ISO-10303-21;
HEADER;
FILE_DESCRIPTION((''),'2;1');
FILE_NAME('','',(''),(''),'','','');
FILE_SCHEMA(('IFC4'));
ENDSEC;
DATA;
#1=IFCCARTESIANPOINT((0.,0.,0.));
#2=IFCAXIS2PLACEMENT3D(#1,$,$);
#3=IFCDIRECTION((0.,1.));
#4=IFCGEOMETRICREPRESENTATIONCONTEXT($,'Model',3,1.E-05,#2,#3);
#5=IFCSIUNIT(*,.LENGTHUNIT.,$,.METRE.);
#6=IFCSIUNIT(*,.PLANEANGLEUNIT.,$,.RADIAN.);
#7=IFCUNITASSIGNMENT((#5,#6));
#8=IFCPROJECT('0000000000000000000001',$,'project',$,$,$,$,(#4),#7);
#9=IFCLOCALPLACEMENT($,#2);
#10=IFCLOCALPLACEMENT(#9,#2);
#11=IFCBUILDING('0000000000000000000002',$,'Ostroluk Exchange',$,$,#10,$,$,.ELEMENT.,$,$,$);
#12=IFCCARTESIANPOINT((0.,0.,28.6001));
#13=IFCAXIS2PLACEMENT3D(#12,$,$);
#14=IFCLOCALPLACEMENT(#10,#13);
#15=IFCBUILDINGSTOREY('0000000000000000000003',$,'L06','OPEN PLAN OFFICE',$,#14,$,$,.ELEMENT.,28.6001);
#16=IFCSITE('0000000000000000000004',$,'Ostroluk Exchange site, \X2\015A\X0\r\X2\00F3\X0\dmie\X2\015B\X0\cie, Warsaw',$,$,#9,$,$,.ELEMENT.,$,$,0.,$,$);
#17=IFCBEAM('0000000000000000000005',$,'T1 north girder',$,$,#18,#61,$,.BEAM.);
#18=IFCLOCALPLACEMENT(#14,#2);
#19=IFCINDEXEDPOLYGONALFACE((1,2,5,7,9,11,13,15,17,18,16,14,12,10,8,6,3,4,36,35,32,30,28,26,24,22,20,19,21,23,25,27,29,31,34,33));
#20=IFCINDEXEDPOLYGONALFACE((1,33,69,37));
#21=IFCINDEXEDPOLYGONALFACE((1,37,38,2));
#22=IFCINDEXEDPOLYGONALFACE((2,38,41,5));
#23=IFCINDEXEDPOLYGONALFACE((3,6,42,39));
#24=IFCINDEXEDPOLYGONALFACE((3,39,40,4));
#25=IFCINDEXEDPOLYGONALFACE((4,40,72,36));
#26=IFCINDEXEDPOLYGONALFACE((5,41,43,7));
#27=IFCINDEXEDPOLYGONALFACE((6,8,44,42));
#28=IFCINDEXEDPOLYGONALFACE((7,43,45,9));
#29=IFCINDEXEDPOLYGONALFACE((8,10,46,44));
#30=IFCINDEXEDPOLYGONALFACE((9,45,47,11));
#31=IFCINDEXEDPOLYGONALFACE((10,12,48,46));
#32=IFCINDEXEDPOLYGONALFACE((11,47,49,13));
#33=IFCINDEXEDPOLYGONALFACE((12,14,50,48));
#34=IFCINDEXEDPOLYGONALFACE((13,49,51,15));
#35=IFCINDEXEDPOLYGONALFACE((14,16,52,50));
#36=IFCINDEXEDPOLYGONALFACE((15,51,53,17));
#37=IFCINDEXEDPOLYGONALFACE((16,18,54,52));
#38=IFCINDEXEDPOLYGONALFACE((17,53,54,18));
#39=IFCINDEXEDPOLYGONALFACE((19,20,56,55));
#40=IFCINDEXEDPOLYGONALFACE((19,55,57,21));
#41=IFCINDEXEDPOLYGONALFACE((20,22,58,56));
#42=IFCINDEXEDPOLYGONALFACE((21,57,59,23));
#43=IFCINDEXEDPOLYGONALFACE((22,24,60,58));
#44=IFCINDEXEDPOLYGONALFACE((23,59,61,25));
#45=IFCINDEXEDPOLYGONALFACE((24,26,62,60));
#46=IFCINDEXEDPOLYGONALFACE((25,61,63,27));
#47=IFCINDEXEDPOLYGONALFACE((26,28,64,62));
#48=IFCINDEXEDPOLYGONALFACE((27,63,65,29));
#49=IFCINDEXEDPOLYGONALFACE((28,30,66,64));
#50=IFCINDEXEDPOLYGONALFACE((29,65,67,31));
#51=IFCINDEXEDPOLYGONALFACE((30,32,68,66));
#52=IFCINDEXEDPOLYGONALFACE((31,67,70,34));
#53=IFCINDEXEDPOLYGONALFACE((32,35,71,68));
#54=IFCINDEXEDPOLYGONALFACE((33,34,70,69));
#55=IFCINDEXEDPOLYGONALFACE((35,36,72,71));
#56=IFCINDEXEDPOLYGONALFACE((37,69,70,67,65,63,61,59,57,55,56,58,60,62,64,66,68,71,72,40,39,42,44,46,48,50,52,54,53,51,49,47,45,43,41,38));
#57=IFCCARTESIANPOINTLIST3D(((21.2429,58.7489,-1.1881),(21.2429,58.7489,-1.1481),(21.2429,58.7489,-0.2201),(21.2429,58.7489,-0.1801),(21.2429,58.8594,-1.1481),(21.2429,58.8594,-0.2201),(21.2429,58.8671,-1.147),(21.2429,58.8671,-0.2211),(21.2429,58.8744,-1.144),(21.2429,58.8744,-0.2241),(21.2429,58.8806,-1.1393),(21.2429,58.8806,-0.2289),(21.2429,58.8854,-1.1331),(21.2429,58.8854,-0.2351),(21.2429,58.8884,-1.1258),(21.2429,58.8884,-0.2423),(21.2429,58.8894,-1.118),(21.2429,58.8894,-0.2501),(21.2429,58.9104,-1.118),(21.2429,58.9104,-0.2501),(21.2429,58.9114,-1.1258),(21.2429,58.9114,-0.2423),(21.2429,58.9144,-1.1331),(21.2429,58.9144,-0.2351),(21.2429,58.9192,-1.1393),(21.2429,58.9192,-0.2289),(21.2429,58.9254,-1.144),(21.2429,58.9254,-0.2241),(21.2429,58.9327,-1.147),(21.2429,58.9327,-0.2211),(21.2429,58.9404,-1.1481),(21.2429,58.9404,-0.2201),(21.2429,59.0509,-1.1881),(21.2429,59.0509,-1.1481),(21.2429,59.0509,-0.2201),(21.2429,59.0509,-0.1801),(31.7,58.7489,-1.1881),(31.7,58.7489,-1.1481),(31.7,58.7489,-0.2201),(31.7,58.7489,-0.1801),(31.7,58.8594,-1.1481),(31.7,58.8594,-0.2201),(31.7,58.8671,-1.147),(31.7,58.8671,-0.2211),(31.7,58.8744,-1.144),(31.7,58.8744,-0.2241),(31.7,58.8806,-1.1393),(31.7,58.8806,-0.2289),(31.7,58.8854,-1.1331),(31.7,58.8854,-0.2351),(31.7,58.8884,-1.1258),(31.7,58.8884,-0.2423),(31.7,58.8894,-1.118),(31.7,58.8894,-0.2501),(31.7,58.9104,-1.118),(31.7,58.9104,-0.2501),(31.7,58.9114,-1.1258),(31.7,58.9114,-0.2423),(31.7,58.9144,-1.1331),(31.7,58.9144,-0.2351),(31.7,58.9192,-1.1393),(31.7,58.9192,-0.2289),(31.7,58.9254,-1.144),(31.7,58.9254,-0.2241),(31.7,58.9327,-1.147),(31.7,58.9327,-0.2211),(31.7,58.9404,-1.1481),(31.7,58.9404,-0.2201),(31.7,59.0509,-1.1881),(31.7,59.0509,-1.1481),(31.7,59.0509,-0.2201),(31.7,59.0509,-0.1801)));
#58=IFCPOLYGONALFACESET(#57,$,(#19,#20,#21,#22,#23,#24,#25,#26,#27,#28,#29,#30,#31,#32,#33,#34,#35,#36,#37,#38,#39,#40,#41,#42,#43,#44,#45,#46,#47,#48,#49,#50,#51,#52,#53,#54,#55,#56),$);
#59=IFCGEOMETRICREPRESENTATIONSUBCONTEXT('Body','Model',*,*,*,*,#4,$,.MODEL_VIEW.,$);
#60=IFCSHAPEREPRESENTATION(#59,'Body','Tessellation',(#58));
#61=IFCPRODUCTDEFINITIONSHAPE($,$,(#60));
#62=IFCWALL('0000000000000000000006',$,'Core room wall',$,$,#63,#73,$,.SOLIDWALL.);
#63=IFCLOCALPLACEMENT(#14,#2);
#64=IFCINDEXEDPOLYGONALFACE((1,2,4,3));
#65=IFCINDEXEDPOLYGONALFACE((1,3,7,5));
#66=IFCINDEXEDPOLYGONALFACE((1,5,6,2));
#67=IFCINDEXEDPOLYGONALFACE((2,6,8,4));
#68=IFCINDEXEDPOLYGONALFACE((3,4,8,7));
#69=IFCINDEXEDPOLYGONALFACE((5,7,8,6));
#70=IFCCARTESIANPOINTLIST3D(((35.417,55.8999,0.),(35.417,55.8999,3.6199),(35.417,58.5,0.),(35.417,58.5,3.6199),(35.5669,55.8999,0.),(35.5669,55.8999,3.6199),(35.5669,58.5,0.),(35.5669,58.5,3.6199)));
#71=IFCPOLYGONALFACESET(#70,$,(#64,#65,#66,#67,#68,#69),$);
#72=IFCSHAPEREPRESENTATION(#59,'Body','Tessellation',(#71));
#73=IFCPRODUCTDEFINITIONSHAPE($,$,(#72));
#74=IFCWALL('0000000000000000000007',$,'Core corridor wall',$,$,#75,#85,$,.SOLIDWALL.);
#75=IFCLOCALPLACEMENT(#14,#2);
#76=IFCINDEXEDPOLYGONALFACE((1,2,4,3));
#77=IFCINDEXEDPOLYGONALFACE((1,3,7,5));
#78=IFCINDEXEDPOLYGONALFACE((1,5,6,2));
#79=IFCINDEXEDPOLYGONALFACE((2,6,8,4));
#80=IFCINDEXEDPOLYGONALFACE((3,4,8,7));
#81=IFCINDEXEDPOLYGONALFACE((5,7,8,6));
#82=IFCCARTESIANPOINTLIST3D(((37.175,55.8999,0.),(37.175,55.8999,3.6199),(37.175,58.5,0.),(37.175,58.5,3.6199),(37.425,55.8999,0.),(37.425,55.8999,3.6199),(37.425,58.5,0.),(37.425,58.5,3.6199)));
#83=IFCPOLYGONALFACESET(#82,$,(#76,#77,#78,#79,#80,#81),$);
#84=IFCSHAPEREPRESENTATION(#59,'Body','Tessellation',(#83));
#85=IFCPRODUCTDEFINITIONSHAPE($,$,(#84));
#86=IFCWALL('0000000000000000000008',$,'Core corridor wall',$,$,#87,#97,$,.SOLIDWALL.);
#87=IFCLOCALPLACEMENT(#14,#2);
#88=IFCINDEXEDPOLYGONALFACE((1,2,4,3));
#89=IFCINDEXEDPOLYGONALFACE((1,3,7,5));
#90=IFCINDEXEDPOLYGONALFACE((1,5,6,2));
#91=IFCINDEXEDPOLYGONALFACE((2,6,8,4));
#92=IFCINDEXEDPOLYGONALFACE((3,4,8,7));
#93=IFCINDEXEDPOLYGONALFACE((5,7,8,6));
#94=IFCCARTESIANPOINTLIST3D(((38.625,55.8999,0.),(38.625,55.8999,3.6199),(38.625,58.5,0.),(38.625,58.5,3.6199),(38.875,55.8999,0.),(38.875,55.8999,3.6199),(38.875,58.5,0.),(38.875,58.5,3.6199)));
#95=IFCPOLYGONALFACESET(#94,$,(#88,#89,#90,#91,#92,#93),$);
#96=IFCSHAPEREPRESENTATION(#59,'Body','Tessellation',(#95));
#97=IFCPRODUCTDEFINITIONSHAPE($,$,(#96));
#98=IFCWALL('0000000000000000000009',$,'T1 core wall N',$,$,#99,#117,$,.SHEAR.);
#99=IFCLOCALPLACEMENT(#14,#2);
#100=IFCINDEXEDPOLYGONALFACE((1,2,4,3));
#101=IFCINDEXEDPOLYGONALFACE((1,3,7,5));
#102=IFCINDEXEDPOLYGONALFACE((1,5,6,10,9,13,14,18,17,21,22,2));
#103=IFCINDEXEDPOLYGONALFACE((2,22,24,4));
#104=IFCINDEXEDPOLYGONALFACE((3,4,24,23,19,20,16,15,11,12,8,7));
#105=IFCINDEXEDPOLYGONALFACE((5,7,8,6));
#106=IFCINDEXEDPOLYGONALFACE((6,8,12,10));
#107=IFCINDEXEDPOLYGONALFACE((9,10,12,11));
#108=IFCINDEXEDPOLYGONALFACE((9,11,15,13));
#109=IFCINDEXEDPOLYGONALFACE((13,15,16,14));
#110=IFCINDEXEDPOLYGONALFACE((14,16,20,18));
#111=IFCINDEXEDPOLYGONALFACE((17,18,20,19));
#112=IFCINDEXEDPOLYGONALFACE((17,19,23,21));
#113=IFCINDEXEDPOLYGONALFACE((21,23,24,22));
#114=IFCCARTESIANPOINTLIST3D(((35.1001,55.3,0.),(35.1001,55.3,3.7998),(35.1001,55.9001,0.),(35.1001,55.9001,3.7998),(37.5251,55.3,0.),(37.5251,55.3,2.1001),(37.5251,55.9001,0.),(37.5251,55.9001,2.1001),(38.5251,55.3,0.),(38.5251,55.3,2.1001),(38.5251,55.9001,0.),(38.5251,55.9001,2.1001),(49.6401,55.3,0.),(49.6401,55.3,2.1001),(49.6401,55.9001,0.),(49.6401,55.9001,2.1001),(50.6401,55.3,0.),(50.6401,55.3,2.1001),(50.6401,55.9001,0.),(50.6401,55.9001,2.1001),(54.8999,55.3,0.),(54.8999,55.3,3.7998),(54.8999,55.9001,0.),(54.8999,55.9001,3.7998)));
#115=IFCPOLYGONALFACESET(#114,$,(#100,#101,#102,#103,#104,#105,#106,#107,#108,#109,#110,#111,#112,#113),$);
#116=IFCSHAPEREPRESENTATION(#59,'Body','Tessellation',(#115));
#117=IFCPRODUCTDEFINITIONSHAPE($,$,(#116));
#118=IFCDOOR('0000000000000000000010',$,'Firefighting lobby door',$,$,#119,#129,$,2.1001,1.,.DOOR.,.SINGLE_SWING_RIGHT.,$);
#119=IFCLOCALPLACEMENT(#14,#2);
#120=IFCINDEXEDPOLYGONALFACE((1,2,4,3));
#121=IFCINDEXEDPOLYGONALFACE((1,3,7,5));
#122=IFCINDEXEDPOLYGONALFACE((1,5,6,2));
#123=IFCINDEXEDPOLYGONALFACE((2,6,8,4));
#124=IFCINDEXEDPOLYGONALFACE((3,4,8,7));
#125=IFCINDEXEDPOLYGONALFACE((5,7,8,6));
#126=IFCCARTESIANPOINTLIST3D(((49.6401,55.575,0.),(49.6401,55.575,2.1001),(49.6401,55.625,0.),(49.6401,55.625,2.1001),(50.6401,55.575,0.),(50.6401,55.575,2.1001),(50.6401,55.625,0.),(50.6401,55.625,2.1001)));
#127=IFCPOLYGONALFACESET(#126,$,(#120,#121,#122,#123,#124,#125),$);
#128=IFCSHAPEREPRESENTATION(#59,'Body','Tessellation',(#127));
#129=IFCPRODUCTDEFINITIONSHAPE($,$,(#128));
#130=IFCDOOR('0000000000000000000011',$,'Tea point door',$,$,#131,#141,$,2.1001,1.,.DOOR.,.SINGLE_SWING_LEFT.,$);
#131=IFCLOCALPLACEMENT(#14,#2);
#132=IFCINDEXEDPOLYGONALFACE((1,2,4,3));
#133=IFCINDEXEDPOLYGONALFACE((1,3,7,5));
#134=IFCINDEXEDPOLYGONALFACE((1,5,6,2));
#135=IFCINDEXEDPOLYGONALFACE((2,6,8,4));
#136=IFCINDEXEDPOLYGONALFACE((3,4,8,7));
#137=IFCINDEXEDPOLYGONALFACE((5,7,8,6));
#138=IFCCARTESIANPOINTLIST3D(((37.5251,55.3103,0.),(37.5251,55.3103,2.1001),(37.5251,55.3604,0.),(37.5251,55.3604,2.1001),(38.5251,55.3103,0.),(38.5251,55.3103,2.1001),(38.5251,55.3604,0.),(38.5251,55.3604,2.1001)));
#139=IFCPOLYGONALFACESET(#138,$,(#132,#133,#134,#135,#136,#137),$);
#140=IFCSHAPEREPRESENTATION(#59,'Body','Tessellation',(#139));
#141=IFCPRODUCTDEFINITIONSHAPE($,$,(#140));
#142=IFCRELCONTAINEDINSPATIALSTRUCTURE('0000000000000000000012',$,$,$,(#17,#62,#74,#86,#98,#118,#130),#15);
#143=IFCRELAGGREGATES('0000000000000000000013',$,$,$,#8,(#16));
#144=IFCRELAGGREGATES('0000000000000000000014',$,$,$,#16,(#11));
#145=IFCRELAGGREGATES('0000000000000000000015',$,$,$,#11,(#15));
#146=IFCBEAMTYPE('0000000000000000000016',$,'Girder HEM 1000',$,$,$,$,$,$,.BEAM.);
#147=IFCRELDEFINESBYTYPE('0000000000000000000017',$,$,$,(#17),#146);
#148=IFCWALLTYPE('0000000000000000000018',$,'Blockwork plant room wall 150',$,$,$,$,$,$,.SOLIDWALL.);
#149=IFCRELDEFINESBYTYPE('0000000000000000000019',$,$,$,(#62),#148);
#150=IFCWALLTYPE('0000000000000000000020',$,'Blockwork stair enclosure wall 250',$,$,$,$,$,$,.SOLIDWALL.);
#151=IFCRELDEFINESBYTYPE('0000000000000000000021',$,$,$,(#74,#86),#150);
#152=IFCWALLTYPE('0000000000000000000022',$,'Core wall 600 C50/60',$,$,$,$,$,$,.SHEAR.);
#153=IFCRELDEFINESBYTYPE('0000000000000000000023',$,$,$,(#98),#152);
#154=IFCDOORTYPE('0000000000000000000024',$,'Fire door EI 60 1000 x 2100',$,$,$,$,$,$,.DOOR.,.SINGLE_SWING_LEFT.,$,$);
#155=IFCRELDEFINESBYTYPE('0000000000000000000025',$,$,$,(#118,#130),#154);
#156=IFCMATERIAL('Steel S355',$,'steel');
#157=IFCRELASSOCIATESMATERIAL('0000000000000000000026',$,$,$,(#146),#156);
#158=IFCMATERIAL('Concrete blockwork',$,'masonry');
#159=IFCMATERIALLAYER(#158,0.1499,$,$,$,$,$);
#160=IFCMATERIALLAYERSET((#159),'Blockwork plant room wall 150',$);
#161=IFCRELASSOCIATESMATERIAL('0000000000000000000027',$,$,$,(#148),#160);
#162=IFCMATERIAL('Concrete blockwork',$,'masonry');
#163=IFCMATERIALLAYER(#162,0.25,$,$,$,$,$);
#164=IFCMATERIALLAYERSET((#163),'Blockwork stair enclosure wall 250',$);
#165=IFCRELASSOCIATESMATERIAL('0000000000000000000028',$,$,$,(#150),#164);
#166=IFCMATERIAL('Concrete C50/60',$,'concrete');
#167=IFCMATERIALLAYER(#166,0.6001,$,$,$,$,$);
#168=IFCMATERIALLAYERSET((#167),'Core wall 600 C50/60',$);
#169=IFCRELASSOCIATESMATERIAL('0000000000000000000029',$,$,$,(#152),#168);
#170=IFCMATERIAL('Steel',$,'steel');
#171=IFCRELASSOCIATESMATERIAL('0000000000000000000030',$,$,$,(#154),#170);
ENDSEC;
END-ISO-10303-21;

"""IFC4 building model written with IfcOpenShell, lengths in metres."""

from ifc_helpers import new_model, si_unit, direction, frame, frame_2d, origin, origin_2d, place, context, subcontext, project, spatial, rectangle, i_section, extrude, material, layer, layer_set, material_profile, profile_set, type_object, element, fill, save


model = new_model("IFC4")

# Units and contexts
model_context = context("Model", 3, precision=1e-05, world=origin(), true_north=direction((0.0, 1.0)))
body_context = subcontext(model_context, "Body", "Model", "MODEL_VIEW")
ifc_project = project(units=[si_unit("LENGTHUNIT", "METRE"), si_unit("PLANEANGLEUNIT", "RADIAN")], contexts=[model_context])

# Site, building, storey
site_placement = place(None, origin())
site = spatial("IfcSite", under=ifc_project, at=site_placement, Name="Ostroluk Exchange site, Śródmieście, Warsaw", CompositionType="ELEMENT", RefElevation=0.0)
building_placement = place(site_placement, origin())
building = spatial("IfcBuilding", under=site, at=building_placement, Name="Ostroluk Exchange", CompositionType="ELEMENT")
storey_placement = place(building_placement, frame((0.0, 0.0, 28.6001)))
storey = spatial("IfcBuildingStorey", under=building, at=storey_placement, Name="L06", Description="OPEN PLAN OFFICE", CompositionType="ELEMENT", Elevation=28.6001)

# Beam
ifc_material_1 = material(Name="Steel S355", Category="steel")
ifc_material_profile_1 = material_profile(ifc_material_1, i_section(OverallWidth=0.302, OverallDepth=1.0081, WebThickness=0.021, FlangeThickness=0.04, FilletRadius=0.03, at=origin_2d()), Name="HEM 1000")
ifc_profile_set_1 = profile_set([ifc_material_profile_1], Name="Steel S355")
beam_type_1 = type_object("IfcBeamType", Name="Girder HEM 1000", PredefinedType="BEAM", material=ifc_profile_set_1)
beam_1_placement = place(storey_placement, frame((31.7, 58.8999, -0.6841), z_axis=(-1.0, 0.0, 0.0), x_axis=(0.0, -1.0, 0.0)))
element("IfcBeam", 1, at=beam_1_placement, inside=storey, type_object=beam_type_1, Name="T1 north girder", PredefinedType="BEAM", context=body_context, shape_type="SweptSolid", body=[
    extrude(i_section(OverallWidth=0.302, OverallDepth=1.0081, WebThickness=0.021, FlangeThickness=0.04, FilletRadius=0.03, at=origin_2d()), origin(), (0.0, 0.0, 1.0), 10.457),
])

# Walls
ifc_material_2 = material(Name="Concrete blockwork", Category="masonry")
ifc_layer_1 = layer(ifc_material_2, 0.1499)
ifc_layer_set_1 = layer_set([ifc_layer_1], Name="Blockwork plant room wall 150")
wall_type_1 = type_object("IfcWallType", Name="Blockwork plant room wall 150", PredefinedType="SOLIDWALL", material=ifc_layer_set_1)
wall_1_placement = place(storey_placement, frame((35.4919, 55.8999, 0.0), z_axis=(0.0, 0.0, 1.0), x_axis=(0.0, 1.0, 0.0)))
element("IfcWall", 2, at=wall_1_placement, inside=storey, type_object=wall_type_1, Name="Core room wall", PredefinedType="SOLIDWALL", context=body_context, shape_type="SweptSolid", body=[
    extrude(rectangle(XDim=2.6001, YDim=0.1499, at=frame_2d((1.3, 0.0))), origin(), (0.0, 0.0, 1.0), 3.6199),
])
ifc_material_3 = material(Name="Concrete blockwork", Category="masonry")
ifc_layer_2 = layer(ifc_material_3, 0.25)
ifc_layer_set_2 = layer_set([ifc_layer_2], Name="Blockwork stair enclosure wall 250")
wall_type_2 = type_object("IfcWallType", Name="Blockwork stair enclosure wall 250", PredefinedType="SOLIDWALL", material=ifc_layer_set_2)
for number, where, z_axis, x_axis, name in (
    (3, (37.3, 55.8999, 0.0), (0.0, 0.0, 1.0), (0.0, 1.0, 0.0), "Core corridor wall"),
    (4, (38.75, 55.8999, 0.0), (0.0, 0.0, 1.0), (0.0, 1.0, 0.0), "Core corridor wall"),
):
    element("IfcWall", number, at=place(storey_placement, frame(where, z_axis=z_axis, x_axis=x_axis)), inside=storey, type_object=wall_type_2, Name=name, PredefinedType="SOLIDWALL", context=body_context, shape_type="SweptSolid", body=[
        extrude(rectangle(XDim=2.6001, YDim=0.25, at=frame_2d((1.3, 0.0))), origin(), (0.0, 0.0, 1.0), 3.6199),
    ])

# Wall, openings, doors
ifc_material_4 = material(Name="Concrete C50/60", Category="concrete")
ifc_layer_3 = layer(ifc_material_4, 0.6001)
ifc_layer_set_3 = layer_set([ifc_layer_3], Name="Core wall 600 C50/60")
wall_type_3 = type_object("IfcWallType", Name="Core wall 600 C50/60", PredefinedType="SHEAR", material=ifc_layer_set_3)
wall_2_placement = place(storey_placement, frame((35.1001, 55.6001, 0.0), z_axis=(0.0, 0.0, 1.0), x_axis=(1.0, 0.0, 0.0)))
wall_2 = element("IfcWall", 5, at=wall_2_placement, inside=storey, type_object=wall_type_3, Name="T1 core wall N", PredefinedType="SHEAR", context=body_context, shape_type="SweptSolid", body=[
    extrude(rectangle(XDim=19.7998, YDim=0.6001, at=frame_2d((9.8999, 0.0))), origin(), (0.0, 0.0, 1.0), 3.7998),
])
opening_1_placement = place(wall_2_placement, frame((14.54, 0.0, 0.0)))
opening_1 = element("IfcOpeningElement", 6, at=opening_1_placement, cuts=wall_2, PredefinedType="OPENING", context=body_context, shape_type="SweptSolid", body=[
    extrude(rectangle(XDim=1.0, YDim=2.1001, at=frame_2d((0.5, 1.05))), frame((0.0, 0.3101, 0.0), z_axis=(0.0, -1.0, 0.0), x_axis=(1.0, 0.0, 0.0)), (0.0, 0.0, 1.0), 0.6201),
])
opening_2_placement = place(wall_2_placement, frame((2.425, 0.0, 0.0)))
opening_2 = element("IfcOpeningElement", 7, at=opening_2_placement, cuts=wall_2, PredefinedType="OPENING", context=body_context, shape_type="SweptSolid", body=[
    extrude(rectangle(XDim=1.0, YDim=2.1001, at=frame_2d((0.5, 1.05))), frame((0.0, 0.3101, 0.0), z_axis=(0.0, -1.0, 0.0), x_axis=(1.0, 0.0, 0.0)), (0.0, 0.0, 1.0), 0.6201),
])
ifc_material_5 = material(Name="Steel", Category="steel")
door_type = type_object("IfcDoorType", Name="Fire door EI 60 1000 x 2100", OperationType="SINGLE_SWING_LEFT", PredefinedType="DOOR", material=ifc_material_5)
door_1_placement = place(opening_1_placement, origin())
door_1 = element("IfcDoor", 8, at=door_1_placement, inside=storey, type_object=door_type, Name="Firefighting lobby door", OperationType="SINGLE_SWING_RIGHT", OverallHeight=2.1001, OverallWidth=1.0, PredefinedType="DOOR", context=body_context, shape_type="SweptSolid", body=[
    extrude(rectangle(XDim=1.0, YDim=2.1001, at=frame_2d((0.5, 1.05))), frame((0.0, 0.0249, 0.0), z_axis=(0.0, -1.0, 0.0), x_axis=(1.0, 0.0, 0.0)), (0.0, 0.0, 1.0), 0.05),
])
fill(opening_1, door_1)
door_2_placement = place(opening_2_placement, origin())
door_2 = element("IfcDoor", 9, at=door_2_placement, inside=storey, type_object=door_type, Name="Tea point door", OperationType="SINGLE_SWING_LEFT", OverallHeight=2.1001, OverallWidth=1.0, PredefinedType="DOOR", context=body_context, shape_type="SweptSolid", body=[
    extrude(rectangle(XDim=1.0, YDim=2.1001, at=frame_2d((0.5, 1.05))), frame((0.0, -0.2397, 0.0), z_axis=(0.0, -1.0, 0.0), x_axis=(1.0, 0.0, 0.0)), (0.0, 0.0, 1.0), 0.05),
])
fill(opening_2, door_2)

save(model, "model.ifc")
